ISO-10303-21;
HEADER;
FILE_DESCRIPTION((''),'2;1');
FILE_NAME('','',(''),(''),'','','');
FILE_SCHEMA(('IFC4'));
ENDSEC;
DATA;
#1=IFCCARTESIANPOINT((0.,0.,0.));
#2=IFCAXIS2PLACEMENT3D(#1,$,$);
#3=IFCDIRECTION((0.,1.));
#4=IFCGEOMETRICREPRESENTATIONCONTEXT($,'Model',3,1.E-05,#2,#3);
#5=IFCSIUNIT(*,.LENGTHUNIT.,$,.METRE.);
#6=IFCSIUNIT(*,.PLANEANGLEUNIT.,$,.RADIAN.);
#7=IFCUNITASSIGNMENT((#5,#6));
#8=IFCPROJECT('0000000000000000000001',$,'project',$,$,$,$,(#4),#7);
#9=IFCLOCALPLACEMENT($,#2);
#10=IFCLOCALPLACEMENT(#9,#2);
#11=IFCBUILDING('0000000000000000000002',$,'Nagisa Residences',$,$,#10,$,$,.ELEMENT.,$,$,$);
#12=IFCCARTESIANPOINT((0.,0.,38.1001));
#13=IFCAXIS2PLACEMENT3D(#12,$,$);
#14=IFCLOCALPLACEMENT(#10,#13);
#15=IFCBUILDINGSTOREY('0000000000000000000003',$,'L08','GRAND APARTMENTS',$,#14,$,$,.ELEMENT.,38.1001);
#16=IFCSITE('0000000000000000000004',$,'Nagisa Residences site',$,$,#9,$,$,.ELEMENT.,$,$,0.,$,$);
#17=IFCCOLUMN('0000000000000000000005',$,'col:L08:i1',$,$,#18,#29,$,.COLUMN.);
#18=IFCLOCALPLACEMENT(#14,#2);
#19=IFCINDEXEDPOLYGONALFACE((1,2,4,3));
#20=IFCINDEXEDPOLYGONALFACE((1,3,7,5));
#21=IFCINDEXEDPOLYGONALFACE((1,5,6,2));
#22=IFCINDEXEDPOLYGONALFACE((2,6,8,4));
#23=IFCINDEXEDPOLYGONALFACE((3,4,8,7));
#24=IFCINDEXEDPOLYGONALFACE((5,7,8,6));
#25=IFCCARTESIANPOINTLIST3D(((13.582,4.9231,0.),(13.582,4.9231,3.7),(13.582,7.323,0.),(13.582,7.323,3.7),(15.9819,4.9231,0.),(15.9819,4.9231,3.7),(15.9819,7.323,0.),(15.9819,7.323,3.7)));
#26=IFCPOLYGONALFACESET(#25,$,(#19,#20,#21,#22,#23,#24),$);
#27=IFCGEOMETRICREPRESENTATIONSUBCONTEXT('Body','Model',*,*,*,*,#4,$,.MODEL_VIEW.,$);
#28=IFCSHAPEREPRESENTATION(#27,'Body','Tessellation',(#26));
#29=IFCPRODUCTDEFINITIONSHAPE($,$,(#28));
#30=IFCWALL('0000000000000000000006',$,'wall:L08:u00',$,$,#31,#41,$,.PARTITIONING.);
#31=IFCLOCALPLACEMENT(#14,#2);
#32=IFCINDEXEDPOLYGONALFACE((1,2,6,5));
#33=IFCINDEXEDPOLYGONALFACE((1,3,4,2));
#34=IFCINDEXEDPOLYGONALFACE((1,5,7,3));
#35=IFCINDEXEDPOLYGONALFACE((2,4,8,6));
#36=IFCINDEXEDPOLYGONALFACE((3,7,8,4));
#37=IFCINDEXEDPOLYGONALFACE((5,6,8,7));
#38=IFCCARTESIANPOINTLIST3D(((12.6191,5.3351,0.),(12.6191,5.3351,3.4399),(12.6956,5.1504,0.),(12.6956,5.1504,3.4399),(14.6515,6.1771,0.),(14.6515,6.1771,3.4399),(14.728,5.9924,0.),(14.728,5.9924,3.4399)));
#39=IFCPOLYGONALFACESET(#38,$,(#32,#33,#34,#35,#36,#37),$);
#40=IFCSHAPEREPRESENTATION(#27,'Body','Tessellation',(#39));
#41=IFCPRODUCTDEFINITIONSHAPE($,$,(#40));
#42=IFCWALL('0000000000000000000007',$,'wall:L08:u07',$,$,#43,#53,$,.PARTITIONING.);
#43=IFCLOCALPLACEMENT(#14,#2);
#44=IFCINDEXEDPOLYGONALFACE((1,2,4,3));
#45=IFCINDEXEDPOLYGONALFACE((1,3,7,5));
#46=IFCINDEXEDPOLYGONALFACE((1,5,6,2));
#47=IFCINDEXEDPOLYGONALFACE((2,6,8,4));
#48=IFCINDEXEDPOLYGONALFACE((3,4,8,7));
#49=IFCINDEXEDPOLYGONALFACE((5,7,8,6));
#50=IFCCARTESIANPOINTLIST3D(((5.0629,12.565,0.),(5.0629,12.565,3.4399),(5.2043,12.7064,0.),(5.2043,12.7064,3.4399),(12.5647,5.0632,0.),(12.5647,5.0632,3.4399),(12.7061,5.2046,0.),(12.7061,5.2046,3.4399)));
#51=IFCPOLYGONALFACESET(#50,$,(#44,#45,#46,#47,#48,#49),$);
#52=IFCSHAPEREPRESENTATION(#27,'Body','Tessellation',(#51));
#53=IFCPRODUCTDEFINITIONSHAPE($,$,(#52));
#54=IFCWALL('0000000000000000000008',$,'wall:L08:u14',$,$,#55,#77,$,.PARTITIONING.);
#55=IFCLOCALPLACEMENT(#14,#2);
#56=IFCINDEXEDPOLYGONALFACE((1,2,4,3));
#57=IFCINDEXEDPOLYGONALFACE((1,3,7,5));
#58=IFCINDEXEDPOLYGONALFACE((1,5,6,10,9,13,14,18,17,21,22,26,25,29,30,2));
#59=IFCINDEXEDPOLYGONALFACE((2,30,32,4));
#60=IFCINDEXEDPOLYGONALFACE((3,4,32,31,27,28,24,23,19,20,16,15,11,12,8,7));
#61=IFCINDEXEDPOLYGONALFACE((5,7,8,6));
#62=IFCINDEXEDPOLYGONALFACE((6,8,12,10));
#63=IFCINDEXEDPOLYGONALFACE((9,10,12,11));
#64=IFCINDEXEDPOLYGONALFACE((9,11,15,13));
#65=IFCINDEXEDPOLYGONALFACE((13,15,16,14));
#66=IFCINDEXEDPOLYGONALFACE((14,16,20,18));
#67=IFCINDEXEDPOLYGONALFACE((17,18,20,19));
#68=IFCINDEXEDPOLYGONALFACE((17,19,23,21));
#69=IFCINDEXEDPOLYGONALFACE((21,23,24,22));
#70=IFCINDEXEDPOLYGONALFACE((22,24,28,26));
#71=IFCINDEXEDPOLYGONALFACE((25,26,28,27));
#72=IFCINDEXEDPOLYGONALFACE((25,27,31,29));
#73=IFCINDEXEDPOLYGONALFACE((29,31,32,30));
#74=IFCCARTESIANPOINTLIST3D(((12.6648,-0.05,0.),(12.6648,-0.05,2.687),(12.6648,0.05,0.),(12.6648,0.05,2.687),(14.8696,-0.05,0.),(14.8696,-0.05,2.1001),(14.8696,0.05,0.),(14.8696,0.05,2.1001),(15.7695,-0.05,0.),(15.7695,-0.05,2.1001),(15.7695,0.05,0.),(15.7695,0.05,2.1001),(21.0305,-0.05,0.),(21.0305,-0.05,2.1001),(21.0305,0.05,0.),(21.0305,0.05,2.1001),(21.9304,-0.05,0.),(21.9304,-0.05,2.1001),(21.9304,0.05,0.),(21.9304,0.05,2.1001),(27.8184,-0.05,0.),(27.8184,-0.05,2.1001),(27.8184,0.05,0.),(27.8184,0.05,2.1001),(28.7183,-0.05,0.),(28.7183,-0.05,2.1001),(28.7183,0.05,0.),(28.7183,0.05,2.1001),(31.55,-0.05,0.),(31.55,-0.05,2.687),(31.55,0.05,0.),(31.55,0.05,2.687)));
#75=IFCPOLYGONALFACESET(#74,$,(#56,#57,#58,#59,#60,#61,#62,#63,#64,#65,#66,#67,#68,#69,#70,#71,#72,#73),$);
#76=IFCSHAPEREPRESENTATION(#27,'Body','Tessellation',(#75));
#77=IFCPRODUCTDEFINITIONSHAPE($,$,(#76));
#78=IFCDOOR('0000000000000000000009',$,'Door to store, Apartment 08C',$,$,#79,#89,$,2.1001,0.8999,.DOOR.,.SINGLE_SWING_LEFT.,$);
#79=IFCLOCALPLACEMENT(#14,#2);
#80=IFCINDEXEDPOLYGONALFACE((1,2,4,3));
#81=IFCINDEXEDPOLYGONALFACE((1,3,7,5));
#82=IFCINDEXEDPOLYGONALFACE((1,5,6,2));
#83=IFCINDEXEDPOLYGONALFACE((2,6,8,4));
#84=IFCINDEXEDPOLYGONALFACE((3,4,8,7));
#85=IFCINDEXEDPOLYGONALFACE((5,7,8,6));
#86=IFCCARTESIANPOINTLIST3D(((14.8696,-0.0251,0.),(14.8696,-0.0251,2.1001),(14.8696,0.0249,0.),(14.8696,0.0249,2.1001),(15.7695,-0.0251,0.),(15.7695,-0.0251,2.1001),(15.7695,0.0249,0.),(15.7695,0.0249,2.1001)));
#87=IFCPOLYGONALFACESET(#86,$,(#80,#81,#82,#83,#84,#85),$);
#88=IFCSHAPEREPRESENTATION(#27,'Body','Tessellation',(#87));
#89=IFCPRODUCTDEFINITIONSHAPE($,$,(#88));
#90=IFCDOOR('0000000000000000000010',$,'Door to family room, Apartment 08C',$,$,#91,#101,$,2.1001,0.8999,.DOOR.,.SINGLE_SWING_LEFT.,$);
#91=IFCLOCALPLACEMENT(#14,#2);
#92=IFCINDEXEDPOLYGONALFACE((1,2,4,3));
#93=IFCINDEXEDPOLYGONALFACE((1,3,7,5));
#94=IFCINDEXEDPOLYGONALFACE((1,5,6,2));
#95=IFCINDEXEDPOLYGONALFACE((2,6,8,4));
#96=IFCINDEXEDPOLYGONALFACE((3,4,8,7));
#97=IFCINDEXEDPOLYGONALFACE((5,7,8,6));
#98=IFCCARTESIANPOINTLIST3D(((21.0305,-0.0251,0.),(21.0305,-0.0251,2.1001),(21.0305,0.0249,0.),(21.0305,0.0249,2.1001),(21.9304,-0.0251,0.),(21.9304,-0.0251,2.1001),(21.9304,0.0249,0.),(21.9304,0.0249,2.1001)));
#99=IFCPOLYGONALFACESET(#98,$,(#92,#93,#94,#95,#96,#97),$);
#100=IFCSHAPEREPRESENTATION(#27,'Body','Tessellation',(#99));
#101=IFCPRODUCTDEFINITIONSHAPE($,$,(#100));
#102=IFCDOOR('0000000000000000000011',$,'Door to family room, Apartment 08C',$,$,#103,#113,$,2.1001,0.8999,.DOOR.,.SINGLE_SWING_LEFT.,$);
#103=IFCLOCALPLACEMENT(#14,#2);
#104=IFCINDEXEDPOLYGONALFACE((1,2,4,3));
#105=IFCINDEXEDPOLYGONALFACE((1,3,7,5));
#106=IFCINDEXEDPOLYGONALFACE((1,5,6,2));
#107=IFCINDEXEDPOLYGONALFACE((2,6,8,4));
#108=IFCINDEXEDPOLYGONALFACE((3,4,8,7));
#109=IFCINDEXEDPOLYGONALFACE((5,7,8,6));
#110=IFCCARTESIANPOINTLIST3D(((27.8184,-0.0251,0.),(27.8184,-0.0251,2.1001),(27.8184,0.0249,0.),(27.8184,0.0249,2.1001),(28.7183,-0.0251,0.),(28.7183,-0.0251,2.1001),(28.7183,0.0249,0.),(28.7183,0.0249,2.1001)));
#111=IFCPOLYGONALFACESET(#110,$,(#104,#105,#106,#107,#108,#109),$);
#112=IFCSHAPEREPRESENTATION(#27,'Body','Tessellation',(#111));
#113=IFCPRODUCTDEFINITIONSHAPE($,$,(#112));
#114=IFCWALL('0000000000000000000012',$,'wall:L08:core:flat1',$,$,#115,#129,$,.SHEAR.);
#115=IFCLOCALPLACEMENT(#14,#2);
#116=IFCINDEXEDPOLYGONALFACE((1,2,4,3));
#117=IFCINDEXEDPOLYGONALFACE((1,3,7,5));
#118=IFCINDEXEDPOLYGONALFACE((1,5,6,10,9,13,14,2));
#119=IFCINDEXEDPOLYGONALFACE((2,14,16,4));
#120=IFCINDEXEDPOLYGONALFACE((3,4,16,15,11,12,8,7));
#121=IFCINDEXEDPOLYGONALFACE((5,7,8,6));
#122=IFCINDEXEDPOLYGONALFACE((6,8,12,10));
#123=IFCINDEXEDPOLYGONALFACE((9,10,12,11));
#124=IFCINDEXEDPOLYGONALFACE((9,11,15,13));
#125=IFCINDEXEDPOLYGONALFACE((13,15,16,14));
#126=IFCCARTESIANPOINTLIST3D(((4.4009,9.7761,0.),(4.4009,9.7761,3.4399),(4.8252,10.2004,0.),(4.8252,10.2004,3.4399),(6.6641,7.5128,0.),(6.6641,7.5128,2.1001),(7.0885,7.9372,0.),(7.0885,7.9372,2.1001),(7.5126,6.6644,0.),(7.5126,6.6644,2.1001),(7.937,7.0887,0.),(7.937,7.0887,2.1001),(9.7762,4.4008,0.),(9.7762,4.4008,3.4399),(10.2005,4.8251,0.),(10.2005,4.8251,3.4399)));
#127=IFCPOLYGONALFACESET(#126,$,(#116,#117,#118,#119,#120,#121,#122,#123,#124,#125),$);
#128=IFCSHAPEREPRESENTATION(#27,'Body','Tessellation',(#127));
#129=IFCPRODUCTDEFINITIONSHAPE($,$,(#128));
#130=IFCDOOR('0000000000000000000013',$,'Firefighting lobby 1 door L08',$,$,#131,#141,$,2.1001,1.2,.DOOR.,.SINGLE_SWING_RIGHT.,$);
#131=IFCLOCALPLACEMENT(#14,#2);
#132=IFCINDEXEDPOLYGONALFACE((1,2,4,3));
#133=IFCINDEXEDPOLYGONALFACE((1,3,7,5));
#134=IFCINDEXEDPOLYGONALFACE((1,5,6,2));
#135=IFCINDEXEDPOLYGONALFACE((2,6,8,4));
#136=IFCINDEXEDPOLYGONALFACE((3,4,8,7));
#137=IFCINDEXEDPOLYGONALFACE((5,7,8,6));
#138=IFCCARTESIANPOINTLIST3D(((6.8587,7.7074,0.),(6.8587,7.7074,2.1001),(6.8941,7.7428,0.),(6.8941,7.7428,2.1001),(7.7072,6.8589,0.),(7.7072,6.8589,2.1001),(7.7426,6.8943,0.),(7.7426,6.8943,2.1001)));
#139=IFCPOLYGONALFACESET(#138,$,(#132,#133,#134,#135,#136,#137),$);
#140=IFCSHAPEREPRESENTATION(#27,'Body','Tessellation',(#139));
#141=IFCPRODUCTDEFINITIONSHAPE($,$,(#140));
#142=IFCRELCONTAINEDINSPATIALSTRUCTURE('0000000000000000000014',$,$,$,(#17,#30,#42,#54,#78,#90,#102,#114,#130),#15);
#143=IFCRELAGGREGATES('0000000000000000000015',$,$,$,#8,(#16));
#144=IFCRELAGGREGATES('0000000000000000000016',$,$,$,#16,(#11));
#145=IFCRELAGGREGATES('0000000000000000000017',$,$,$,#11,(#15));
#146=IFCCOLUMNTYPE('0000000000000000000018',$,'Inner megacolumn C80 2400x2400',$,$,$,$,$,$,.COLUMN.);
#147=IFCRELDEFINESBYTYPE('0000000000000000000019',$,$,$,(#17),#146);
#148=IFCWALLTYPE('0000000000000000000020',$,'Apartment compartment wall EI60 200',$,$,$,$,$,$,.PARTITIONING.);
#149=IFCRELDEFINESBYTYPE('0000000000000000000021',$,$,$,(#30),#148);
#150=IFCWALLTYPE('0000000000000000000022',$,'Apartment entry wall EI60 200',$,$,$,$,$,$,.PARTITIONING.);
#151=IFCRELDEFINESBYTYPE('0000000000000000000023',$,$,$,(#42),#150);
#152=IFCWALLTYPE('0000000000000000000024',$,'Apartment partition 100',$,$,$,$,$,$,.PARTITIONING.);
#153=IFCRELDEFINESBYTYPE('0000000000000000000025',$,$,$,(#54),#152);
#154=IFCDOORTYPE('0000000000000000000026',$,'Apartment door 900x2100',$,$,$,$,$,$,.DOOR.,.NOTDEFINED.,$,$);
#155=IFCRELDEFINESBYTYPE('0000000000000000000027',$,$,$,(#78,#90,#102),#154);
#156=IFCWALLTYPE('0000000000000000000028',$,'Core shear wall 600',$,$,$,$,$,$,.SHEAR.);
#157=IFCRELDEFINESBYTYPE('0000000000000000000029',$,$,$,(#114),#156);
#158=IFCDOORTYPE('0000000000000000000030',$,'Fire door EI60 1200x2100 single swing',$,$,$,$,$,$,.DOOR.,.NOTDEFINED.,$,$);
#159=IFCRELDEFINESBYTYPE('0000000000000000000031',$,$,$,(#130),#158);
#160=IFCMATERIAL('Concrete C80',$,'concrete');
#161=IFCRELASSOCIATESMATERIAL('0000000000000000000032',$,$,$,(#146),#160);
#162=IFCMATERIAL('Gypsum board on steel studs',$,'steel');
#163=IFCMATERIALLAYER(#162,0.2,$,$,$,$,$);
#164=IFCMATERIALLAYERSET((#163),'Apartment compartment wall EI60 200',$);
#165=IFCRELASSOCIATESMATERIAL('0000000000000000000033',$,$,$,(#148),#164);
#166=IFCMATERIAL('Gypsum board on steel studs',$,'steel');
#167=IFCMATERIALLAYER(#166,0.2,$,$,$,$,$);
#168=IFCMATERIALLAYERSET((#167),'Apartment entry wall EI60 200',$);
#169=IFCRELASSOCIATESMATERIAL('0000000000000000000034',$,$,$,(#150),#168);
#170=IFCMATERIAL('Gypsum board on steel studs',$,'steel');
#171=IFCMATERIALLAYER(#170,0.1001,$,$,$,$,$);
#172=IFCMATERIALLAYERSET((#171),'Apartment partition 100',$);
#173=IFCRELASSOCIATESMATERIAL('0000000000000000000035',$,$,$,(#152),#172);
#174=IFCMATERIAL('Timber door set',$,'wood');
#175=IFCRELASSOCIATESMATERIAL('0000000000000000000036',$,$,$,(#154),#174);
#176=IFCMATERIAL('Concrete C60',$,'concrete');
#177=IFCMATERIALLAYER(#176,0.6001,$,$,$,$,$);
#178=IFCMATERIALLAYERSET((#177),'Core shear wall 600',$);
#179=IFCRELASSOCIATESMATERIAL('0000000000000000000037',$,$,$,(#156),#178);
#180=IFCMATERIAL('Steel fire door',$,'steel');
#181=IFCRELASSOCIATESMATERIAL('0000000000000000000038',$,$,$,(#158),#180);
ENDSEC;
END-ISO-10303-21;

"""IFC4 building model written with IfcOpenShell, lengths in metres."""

from ifc_helpers import new_model, si_unit, direction, frame, frame_2d, origin, origin_2d, place, context, subcontext, project, spatial, rectangle, extrude, material, layer, layer_set, material_profile, profile_set, type_object, element, fill, save


model = new_model("IFC4")

# Units and contexts
model_context = context("Model", 3, precision=1e-05, world=origin(), true_north=direction((0.0, 1.0)))
body_context = subcontext(model_context, "Body", "Model", "MODEL_VIEW")
ifc_project = project(units=[si_unit("LENGTHUNIT", "METRE"), si_unit("PLANEANGLEUNIT", "RADIAN")], contexts=[model_context])

# Site, building, storey
site_placement = place(None, origin())
site = spatial("IfcSite", under=ifc_project, at=site_placement, Name="Nagisa Residences site", CompositionType="ELEMENT", RefElevation=0.0)
building_placement = place(site_placement, origin())
building = spatial("IfcBuilding", under=site, at=building_placement, Name="Nagisa Residences", CompositionType="ELEMENT")
storey_placement = place(building_placement, frame((0.0, 0.0, 38.1001)))
storey = spatial("IfcBuildingStorey", under=building, at=storey_placement, Name="L08", Description="GRAND APARTMENTS", CompositionType="ELEMENT", Elevation=38.1001)

# Column
ifc_material_1 = material(Name="Concrete C80", Category="concrete")
ifc_material_profile = material_profile(ifc_material_1, rectangle(XDim=2.3999, YDim=2.3999, at=origin_2d()), Name="C80 2400x2400")
ifc_profile_set = profile_set([ifc_material_profile], Name="Concrete C80")
column_type = type_object("IfcColumnType", Name="Inner megacolumn C80 2400x2400", PredefinedType="COLUMN", material=ifc_profile_set)
column_placement = place(storey_placement, frame((14.782, 6.123, 0.0), z_axis=(0.0, 0.0, 1.0), x_axis=(1.0, 0.0, 0.0)))
element("IfcColumn", 1, at=column_placement, inside=storey, type_object=column_type, Name="col:L08:i1", PredefinedType="COLUMN", context=body_context, shape_type="SweptSolid", body=[
    extrude(rectangle(XDim=2.3999, YDim=2.3999, at=origin_2d()), origin(), (0.0, 0.0, 1.0), 3.7),
])

# Walls
ifc_material_2 = material(Name="Gypsum board on steel studs", Category="steel")
ifc_layer_1 = layer(ifc_material_2, 0.2)
ifc_layer_set_1 = layer_set([ifc_layer_1], Name="Apartment compartment wall EI60 200")
wall_type_1 = type_object("IfcWallType", Name="Apartment compartment wall EI60 200", PredefinedType="PARTITIONING", material=ifc_layer_set_1)
wall_1_placement = place(storey_placement, frame((12.6572, 5.2427, 0.0), z_axis=(0.0, 0.0, 1.0), x_axis=(0.923853, 0.382747, 0.0)))
element("IfcWall", 2, at=wall_1_placement, inside=storey, type_object=wall_type_1, Name="wall:L08:u00", PredefinedType="PARTITIONING", context=body_context, shape_type="SweptSolid", body=[
    extrude(rectangle(XDim=2.2, YDim=0.2, at=frame_2d((1.1001, 0.0))), origin(), (0.0, 0.0, 1.0), 3.4399),
])
ifc_material_3 = material(Name="Gypsum board on steel studs", Category="steel")
ifc_layer_2 = layer(ifc_material_3, 0.2)
ifc_layer_set_2 = layer_set([ifc_layer_2], Name="Apartment entry wall EI60 200")
wall_type_2 = type_object("IfcWallType", Name="Apartment entry wall EI60 200", PredefinedType="PARTITIONING", material=ifc_layer_set_2)
wall_2_placement = place(storey_placement, frame((12.6355, 5.1338, 0.0), z_axis=(0.0, 0.0, 1.0), x_axis=(-0.707107, 0.707107, 0.0)))
element("IfcWall", 3, at=wall_2_placement, inside=storey, type_object=wall_type_2, Name="wall:L08:u07", PredefinedType="PARTITIONING", context=body_context, shape_type="SweptSolid", body=[
    extrude(rectangle(XDim=10.6091, YDim=0.2, at=frame_2d((5.3047, 0.0))), origin(), (0.0, 0.0, 1.0), 3.4399),
])

# Wall, openings, doors
ifc_material_4 = material(Name="Gypsum board on steel studs", Category="steel")
ifc_layer_3 = layer(ifc_material_4, 0.1001)
ifc_layer_set_3 = layer_set([ifc_layer_3], Name="Apartment partition 100")
wall_type_3 = type_object("IfcWallType", Name="Apartment partition 100", PredefinedType="PARTITIONING", material=ifc_layer_set_3)
wall_3_placement = place(storey_placement, frame((12.6648, 0.0, 0.0), z_axis=(0.0, 0.0, 1.0), x_axis=(1.0, 0.0, 0.0)))
wall_3 = element("IfcWall", 4, at=wall_3_placement, inside=storey, type_object=wall_type_3, Name="wall:L08:u14", PredefinedType="PARTITIONING", context=body_context, shape_type="SweptSolid", body=[
    extrude(rectangle(XDim=18.8853, YDim=0.1001, at=frame_2d((9.4426, 0.0))), origin(), (0.0, 0.0, 1.0), 2.687),
])
opening_1_placement = place(wall_3_placement, frame((2.2048, 0.0, 0.0)))
opening_1 = element("IfcOpeningElement", 5, at=opening_1_placement, cuts=wall_3, PredefinedType="OPENING", context=body_context, shape_type="SweptSolid", body=[
    extrude(rectangle(XDim=0.8999, YDim=2.1001, at=frame_2d((0.45, 1.05))), frame((0.0, 0.0601, 0.0), z_axis=(0.0, -1.0, 0.0), x_axis=(1.0, 0.0, 0.0)), (0.0, 0.0, 1.0), 0.1201),
])
opening_2_placement = place(wall_3_placement, frame((8.3657, 0.0, 0.0)))
opening_2 = element("IfcOpeningElement", 6, at=opening_2_placement, cuts=wall_3, PredefinedType="OPENING", context=body_context, shape_type="SweptSolid", body=[
    extrude(rectangle(XDim=0.8999, YDim=2.1001, at=frame_2d((0.45, 1.05))), frame((0.0, 0.0601, 0.0), z_axis=(0.0, -1.0, 0.0), x_axis=(1.0, 0.0, 0.0)), (0.0, 0.0, 1.0), 0.1201),
])
opening_3_placement = place(wall_3_placement, frame((15.1536, 0.0, 0.0)))
opening_3 = element("IfcOpeningElement", 7, at=opening_3_placement, cuts=wall_3, PredefinedType="OPENING", context=body_context, shape_type="SweptSolid", body=[
    extrude(rectangle(XDim=0.8999, YDim=2.1001, at=frame_2d((0.45, 1.05))), frame((0.0, 0.0601, 0.0), z_axis=(0.0, -1.0, 0.0), x_axis=(1.0, 0.0, 0.0)), (0.0, 0.0, 1.0), 0.1201),
])
ifc_material_5 = material(Name="Timber door set", Category="wood")
door_type_1 = type_object("IfcDoorType", Name="Apartment door 900x2100", OperationType="NOTDEFINED", PredefinedType="DOOR", material=ifc_material_5)
door_1_placement = place(opening_1_placement, origin())
door_1 = element("IfcDoor", 8, at=door_1_placement, inside=storey, type_object=door_type_1, Name="Door to store, Apartment 08C", OperationType="SINGLE_SWING_LEFT", OverallHeight=2.1001, OverallWidth=0.8999, PredefinedType="DOOR", context=body_context, shape_type="SweptSolid", body=[
    extrude(rectangle(XDim=0.8999, YDim=2.1001, at=frame_2d((0.45, 1.05))), frame((0.0, 0.0249, 0.0), z_axis=(0.0, -1.0, 0.0), x_axis=(1.0, 0.0, 0.0)), (0.0, 0.0, 1.0), 0.05),
])
fill(opening_1, door_1)
door_2_placement = place(opening_2_placement, origin())
door_2 = element("IfcDoor", 9, at=door_2_placement, inside=storey, type_object=door_type_1, Name="Door to family room, Apartment 08C", OperationType="SINGLE_SWING_LEFT", OverallHeight=2.1001, OverallWidth=0.8999, PredefinedType="DOOR", context=body_context, shape_type="SweptSolid", body=[
    extrude(rectangle(XDim=0.8999, YDim=2.1001, at=frame_2d((0.45, 1.05))), frame((0.0, 0.0249, 0.0), z_axis=(0.0, -1.0, 0.0), x_axis=(1.0, 0.0, 0.0)), (0.0, 0.0, 1.0), 0.05),
])
fill(opening_2, door_2)
door_3_placement = place(opening_3_placement, origin())
door_3 = element("IfcDoor", 10, at=door_3_placement, inside=storey, type_object=door_type_1, Name="Door to family room, Apartment 08C", OperationType="SINGLE_SWING_LEFT", OverallHeight=2.1001, OverallWidth=0.8999, PredefinedType="DOOR", context=body_context, shape_type="SweptSolid", body=[
    extrude(rectangle(XDim=0.8999, YDim=2.1001, at=frame_2d((0.45, 1.05))), frame((0.0, 0.0249, 0.0), z_axis=(0.0, -1.0, 0.0), x_axis=(1.0, 0.0, 0.0)), (0.0, 0.0, 1.0), 0.05),
])
fill(opening_3, door_3)

# Wall, opening, door
ifc_material_6 = material(Name="Concrete C60", Category="concrete")
ifc_layer_4 = layer(ifc_material_6, 0.6001)
ifc_layer_set_4 = layer_set([ifc_layer_4], Name="Core shear wall 600")
wall_type_4 = type_object("IfcWallType", Name="Core shear wall 600", PredefinedType="SHEAR", material=ifc_layer_set_4)
wall_4_placement = place(storey_placement, frame((9.9883, 4.613, 0.0), z_axis=(0.0, 0.0, 1.0), x_axis=(-0.707107, 0.707107, 0.0)))
wall_4 = element("IfcWall", 11, at=wall_4_placement, inside=storey, type_object=wall_type_4, Name="wall:L08:core:flat1", PredefinedType="SHEAR", context=body_context, shape_type="SweptSolid", body=[
    extrude(rectangle(XDim=7.6018, YDim=0.6001, at=frame_2d((3.8008, 0.0))), origin(), (0.0, 0.0, 1.0), 3.4399),
])
opening_4_placement = place(wall_4_placement, frame((3.2009, 0.0, 0.0)))
opening_4 = element("IfcOpeningElement", 12, at=opening_4_placement, cuts=wall_4, PredefinedType="OPENING", context=body_context, shape_type="SweptSolid", body=[
    extrude(rectangle(XDim=1.2, YDim=2.1001, at=frame_2d((0.6001, 1.05))), frame((0.0, 0.3101, 0.0), z_axis=(0.0, -1.0, 0.0), x_axis=(1.0, 0.0, 0.0)), (0.0, 0.0, 1.0), 0.6201),
])
ifc_material_7 = material(Name="Steel fire door", Category="steel")
door_type_2 = type_object("IfcDoorType", Name="Fire door EI60 1200x2100 single swing", OperationType="NOTDEFINED", PredefinedType="DOOR", material=ifc_material_7)
door_4_placement = place(opening_4_placement, origin())
door_4 = element("IfcDoor", 13, at=door_4_placement, inside=storey, type_object=door_type_2, Name="Firefighting lobby 1 door L08", OperationType="SINGLE_SWING_RIGHT", OverallHeight=2.1001, OverallWidth=1.2, PredefinedType="DOOR", context=body_context, shape_type="SweptSolid", body=[
    extrude(rectangle(XDim=1.2, YDim=2.1001, at=frame_2d((0.6001, 1.05))), frame((0.0, 0.0249, 0.0), z_axis=(0.0, -1.0, 0.0), x_axis=(1.0, 0.0, 0.0)), (0.0, 0.0, 1.0), 0.05),
])
fill(opening_4, door_4)

save(model, "model.ifc")
